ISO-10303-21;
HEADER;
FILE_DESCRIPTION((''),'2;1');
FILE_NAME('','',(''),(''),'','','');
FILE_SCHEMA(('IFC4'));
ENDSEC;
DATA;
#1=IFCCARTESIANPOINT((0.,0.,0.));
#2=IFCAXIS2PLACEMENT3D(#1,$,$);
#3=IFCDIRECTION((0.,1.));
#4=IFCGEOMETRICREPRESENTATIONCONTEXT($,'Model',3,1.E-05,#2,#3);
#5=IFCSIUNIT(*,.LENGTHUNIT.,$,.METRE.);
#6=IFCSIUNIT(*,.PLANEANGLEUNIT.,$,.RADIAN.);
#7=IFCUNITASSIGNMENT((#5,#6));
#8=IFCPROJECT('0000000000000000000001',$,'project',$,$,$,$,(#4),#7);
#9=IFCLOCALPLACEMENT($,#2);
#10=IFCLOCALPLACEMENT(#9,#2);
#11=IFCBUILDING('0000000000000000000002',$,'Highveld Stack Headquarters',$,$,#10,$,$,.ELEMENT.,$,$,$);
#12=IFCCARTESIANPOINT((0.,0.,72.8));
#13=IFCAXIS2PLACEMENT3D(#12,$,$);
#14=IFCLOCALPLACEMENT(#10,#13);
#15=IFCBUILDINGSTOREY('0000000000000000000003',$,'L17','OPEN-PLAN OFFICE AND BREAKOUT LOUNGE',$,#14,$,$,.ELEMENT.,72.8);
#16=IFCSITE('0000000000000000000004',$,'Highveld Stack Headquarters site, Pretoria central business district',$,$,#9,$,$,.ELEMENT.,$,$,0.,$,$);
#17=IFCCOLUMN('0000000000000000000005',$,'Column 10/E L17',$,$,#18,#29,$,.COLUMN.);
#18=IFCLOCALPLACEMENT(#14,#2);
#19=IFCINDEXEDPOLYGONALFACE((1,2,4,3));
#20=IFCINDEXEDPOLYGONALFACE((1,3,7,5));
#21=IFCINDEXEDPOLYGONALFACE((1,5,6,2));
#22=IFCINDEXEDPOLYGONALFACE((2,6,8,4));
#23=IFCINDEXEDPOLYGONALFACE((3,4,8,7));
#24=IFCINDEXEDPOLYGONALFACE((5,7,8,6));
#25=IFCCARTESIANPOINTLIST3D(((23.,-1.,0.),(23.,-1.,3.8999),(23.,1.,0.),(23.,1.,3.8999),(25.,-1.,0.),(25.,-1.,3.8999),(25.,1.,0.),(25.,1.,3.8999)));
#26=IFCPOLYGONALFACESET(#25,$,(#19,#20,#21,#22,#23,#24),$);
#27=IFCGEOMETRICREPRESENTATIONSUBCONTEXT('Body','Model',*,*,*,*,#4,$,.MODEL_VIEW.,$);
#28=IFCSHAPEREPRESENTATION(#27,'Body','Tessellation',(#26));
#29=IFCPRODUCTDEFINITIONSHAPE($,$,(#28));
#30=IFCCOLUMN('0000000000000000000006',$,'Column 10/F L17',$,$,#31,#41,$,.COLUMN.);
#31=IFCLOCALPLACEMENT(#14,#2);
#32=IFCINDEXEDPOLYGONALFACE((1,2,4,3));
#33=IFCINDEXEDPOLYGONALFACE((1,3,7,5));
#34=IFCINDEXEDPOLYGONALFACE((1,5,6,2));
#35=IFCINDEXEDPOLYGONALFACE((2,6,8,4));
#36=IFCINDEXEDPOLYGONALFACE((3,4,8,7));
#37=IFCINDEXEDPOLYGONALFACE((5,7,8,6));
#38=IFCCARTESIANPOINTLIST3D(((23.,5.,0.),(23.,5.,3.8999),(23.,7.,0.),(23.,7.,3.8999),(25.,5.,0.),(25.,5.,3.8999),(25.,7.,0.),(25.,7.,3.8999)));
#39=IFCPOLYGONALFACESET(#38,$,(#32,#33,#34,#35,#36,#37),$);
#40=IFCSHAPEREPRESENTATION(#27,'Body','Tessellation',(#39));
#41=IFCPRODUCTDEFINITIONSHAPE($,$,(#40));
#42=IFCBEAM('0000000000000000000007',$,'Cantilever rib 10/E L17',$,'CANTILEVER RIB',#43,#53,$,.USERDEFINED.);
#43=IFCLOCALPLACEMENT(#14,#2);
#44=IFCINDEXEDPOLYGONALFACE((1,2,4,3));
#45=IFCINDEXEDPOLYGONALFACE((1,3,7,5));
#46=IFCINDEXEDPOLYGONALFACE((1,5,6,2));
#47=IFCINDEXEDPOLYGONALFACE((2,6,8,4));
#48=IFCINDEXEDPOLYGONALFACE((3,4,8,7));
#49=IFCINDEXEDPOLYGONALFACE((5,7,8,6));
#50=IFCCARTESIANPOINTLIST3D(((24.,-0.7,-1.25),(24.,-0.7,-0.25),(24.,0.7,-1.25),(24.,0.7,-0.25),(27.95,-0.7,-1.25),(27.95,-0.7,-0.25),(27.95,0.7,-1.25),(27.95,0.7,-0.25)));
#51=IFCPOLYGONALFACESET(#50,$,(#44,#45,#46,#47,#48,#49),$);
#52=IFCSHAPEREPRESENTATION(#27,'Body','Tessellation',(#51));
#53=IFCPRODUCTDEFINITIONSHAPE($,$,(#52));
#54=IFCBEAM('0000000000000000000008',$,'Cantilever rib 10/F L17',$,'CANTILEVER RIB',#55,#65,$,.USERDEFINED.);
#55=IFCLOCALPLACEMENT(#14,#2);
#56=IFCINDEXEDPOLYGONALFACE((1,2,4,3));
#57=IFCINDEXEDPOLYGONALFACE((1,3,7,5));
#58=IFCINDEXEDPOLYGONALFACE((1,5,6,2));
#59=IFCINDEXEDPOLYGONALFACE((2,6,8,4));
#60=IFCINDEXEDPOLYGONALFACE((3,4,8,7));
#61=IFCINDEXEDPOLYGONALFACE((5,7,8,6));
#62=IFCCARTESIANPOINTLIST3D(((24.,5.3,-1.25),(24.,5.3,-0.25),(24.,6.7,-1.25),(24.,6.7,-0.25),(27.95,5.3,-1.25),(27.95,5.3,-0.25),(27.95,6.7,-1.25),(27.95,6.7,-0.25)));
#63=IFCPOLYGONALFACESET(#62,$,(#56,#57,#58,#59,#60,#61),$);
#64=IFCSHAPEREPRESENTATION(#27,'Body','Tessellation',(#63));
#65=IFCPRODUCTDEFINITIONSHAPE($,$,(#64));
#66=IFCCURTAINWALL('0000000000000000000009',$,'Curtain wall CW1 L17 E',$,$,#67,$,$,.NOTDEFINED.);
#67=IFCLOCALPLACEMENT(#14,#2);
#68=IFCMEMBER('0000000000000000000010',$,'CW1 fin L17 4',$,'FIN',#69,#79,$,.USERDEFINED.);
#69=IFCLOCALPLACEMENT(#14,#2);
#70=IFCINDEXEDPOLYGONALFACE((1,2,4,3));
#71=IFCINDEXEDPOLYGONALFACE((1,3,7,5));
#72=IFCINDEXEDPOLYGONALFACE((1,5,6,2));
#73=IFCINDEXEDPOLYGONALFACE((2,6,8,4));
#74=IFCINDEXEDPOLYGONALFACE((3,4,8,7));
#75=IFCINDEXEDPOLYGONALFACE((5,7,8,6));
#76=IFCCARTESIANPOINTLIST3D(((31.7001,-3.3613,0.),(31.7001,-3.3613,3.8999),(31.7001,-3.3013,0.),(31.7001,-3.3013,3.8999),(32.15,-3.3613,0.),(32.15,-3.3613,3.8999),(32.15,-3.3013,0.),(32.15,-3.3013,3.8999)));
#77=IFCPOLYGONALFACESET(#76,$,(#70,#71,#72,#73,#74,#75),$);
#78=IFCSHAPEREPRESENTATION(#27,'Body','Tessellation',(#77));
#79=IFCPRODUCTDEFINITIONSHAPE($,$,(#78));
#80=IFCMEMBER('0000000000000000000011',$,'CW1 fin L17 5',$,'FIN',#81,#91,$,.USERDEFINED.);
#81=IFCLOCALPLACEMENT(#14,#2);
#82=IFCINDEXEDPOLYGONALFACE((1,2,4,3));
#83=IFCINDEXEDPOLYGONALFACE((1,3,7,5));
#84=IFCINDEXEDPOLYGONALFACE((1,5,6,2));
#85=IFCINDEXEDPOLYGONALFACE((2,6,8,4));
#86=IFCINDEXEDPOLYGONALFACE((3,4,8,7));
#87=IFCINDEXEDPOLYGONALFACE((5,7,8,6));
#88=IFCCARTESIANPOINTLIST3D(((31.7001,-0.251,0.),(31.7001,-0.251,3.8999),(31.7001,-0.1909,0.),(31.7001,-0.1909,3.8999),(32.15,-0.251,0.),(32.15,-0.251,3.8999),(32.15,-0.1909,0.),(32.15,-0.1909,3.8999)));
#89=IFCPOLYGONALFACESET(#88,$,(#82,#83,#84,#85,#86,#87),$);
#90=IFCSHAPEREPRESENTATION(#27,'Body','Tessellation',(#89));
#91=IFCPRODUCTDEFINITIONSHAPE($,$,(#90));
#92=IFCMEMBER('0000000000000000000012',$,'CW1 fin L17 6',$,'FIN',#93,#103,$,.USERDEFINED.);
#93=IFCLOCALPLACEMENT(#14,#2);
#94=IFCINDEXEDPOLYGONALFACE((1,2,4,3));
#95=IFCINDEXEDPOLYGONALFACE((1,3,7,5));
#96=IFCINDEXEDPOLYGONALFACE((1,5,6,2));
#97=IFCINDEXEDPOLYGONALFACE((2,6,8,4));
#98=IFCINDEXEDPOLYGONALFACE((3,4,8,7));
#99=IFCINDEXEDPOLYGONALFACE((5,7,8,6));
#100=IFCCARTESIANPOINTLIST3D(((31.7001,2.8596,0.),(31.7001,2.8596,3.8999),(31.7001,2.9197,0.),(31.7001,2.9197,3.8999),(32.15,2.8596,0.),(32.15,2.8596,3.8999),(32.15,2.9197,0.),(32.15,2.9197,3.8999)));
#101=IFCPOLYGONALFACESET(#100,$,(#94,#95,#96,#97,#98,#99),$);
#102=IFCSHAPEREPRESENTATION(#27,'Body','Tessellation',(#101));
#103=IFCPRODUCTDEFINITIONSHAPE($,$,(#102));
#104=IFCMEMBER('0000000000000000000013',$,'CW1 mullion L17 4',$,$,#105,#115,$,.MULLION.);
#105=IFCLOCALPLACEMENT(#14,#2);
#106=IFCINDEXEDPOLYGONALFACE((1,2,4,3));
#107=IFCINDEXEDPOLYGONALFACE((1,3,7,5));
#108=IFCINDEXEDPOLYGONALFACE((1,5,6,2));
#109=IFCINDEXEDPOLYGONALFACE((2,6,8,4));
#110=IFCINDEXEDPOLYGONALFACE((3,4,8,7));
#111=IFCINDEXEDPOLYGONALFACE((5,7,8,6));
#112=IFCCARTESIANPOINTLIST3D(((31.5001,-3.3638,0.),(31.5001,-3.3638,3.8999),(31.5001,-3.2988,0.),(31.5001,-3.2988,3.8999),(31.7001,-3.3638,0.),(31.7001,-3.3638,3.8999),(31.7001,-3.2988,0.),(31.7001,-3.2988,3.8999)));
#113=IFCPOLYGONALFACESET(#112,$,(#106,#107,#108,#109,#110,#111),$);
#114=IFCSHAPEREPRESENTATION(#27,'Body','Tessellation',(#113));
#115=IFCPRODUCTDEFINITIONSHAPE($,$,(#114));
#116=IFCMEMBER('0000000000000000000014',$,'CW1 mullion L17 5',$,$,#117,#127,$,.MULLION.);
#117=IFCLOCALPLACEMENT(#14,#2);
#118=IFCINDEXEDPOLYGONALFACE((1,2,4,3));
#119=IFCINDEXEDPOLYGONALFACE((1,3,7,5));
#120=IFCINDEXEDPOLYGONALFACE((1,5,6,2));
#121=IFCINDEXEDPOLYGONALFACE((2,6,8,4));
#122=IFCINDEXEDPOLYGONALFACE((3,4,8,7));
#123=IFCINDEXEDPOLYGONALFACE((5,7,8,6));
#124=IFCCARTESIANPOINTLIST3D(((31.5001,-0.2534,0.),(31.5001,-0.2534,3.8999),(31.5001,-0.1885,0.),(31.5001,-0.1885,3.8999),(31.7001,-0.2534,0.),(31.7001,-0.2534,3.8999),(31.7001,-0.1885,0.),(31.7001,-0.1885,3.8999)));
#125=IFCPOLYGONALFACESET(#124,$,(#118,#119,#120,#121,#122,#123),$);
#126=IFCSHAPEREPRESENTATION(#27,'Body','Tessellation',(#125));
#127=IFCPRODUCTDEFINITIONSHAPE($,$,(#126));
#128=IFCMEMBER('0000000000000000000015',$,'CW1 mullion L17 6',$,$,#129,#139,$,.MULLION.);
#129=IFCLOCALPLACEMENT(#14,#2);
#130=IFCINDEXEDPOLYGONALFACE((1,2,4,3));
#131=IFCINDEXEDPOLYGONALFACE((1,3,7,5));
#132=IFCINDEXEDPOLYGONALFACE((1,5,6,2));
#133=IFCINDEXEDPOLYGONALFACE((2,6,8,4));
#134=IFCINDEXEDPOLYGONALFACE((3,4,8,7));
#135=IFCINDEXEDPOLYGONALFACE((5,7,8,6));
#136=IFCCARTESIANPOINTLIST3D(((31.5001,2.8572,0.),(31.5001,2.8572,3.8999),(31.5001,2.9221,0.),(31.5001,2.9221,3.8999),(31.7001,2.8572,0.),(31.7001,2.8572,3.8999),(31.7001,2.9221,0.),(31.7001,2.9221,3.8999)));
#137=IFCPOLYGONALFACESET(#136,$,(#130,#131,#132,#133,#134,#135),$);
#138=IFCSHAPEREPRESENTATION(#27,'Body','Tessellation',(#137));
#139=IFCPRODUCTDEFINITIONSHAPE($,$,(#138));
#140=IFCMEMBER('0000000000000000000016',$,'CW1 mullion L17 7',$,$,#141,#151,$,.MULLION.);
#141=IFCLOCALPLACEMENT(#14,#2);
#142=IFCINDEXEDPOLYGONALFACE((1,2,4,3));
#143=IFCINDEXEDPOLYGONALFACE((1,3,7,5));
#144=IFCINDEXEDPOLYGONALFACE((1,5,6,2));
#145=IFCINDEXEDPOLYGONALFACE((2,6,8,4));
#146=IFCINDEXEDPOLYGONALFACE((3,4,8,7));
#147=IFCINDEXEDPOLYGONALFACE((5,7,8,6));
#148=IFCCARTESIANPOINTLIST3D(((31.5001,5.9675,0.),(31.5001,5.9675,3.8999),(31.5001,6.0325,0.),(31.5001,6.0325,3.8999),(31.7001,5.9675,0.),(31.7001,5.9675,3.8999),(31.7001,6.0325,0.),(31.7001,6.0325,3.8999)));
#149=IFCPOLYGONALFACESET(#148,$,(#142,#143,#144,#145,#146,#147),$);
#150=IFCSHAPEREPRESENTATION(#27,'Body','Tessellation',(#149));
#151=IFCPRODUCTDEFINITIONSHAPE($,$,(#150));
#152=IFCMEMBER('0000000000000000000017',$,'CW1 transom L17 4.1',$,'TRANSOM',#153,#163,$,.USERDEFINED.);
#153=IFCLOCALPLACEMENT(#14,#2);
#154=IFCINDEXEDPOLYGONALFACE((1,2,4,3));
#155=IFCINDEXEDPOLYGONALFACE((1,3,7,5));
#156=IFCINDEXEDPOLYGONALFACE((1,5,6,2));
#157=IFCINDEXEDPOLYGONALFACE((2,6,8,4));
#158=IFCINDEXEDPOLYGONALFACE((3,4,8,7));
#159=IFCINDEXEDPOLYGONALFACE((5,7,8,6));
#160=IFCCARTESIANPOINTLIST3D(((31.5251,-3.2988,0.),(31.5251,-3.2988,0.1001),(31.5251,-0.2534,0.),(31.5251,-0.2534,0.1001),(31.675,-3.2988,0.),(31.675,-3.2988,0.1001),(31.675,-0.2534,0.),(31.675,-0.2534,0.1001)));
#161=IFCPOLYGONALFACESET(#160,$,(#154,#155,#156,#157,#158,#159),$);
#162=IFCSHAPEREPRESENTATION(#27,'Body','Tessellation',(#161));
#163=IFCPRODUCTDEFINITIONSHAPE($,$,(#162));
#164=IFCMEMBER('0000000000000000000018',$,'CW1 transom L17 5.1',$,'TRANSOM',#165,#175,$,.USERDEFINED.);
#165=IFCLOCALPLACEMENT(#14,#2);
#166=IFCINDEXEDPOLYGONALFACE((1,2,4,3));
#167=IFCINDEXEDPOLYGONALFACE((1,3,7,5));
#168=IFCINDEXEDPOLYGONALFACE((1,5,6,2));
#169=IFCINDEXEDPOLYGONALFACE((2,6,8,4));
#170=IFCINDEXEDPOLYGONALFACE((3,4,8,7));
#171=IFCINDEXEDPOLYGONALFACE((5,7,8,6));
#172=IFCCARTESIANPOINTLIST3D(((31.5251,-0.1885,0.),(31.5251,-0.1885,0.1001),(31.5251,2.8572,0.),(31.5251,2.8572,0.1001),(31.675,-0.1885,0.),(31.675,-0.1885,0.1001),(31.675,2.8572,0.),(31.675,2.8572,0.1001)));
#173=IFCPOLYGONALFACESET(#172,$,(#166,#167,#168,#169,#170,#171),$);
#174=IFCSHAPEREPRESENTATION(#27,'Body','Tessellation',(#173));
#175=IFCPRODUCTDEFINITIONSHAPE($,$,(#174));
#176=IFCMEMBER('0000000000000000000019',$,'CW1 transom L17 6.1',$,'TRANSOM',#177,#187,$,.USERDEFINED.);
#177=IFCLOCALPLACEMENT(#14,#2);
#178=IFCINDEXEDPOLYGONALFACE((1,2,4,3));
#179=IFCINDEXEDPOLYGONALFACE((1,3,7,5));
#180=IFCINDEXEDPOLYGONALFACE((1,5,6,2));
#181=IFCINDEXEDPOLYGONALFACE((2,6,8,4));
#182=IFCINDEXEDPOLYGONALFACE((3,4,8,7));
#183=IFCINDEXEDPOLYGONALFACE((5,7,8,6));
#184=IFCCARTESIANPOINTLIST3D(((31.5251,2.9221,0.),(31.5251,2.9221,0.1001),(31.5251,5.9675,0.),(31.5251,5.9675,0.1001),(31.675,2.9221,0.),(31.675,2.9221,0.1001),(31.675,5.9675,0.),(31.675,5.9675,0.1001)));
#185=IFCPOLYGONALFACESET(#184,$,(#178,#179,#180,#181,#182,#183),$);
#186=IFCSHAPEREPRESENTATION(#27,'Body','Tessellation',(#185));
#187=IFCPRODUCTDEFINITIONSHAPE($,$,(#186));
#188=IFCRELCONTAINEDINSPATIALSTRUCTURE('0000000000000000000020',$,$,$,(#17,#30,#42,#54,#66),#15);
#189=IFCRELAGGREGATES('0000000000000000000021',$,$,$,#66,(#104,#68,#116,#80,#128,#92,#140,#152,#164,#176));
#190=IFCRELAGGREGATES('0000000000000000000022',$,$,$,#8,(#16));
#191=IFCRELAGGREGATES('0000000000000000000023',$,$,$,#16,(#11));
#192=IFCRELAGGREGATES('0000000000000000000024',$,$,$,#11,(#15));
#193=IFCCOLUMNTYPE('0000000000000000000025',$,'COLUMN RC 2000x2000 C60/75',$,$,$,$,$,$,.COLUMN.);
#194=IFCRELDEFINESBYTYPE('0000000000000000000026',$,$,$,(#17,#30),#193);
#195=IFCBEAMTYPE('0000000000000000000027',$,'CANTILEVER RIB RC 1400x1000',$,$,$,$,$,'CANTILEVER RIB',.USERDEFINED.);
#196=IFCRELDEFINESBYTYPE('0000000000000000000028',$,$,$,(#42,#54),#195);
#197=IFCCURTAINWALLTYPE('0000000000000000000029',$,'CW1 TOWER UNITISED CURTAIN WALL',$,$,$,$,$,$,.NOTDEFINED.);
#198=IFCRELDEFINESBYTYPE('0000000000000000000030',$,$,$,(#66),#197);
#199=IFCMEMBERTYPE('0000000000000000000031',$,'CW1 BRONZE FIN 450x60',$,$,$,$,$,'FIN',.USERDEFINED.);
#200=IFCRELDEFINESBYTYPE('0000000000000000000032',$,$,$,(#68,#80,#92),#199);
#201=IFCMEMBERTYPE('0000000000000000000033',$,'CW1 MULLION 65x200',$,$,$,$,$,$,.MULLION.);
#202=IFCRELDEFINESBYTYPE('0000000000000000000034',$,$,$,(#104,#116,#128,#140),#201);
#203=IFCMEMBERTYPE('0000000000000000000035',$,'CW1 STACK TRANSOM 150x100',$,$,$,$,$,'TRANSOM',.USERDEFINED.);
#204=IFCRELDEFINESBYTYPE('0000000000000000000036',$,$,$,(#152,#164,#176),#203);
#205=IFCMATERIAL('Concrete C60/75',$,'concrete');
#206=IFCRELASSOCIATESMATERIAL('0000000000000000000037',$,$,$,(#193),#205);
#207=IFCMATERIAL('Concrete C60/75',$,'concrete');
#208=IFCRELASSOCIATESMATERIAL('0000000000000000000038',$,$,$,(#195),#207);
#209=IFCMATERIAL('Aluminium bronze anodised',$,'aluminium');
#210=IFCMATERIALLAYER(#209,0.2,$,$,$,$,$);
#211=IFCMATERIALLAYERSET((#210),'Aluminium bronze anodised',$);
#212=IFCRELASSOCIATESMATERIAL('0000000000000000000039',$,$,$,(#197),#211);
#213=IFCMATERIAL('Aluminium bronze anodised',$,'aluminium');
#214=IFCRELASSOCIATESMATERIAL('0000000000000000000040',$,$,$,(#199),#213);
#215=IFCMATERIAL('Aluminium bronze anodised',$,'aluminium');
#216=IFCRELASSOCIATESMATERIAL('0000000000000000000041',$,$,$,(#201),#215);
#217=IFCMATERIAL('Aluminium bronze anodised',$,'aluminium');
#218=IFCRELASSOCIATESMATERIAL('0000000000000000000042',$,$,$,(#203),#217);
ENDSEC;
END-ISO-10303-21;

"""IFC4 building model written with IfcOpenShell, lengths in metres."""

from ifc_helpers import new_model, si_unit, direction, frame, origin, origin_2d, place, context, subcontext, project, spatial, rectangle, extrude, material, layer, layer_set, material_profile, profile_set, type_object, element, aggregate, save


model = new_model("IFC4")

# Units and contexts
model_context = context("Model", 3, precision=1e-05, world=origin(), true_north=direction((0.0, 1.0)))
body_context = subcontext(model_context, "Body", "Model", "MODEL_VIEW")
ifc_project = project(units=[si_unit("LENGTHUNIT", "METRE"), si_unit("PLANEANGLEUNIT", "RADIAN")], contexts=[model_context])

# Site, building, storey
site_placement = place(None, origin())
site = spatial("IfcSite", under=ifc_project, at=site_placement, Name="Highveld Stack Headquarters site, Pretoria central business district", CompositionType="ELEMENT", RefElevation=0.0)
building_placement = place(site_placement, origin())
building = spatial("IfcBuilding", under=site, at=building_placement, Name="Highveld Stack Headquarters", CompositionType="ELEMENT")
storey_placement = place(building_placement, frame((0.0, 0.0, 72.8)))
storey = spatial("IfcBuildingStorey", under=building, at=storey_placement, Name="L17", Description="OPEN-PLAN OFFICE AND BREAKOUT LOUNGE", CompositionType="ELEMENT", Elevation=72.8)

# Columns
ifc_material_1 = material(Name="Concrete C60/75", Category="concrete")
ifc_material_profile_1 = material_profile(ifc_material_1, rectangle(XDim=2.0, YDim=2.0, at=origin_2d()), Name="RC 2000x2000")
ifc_profile_set_1 = profile_set([ifc_material_profile_1], Name="Concrete C60/75")
column_type = type_object("IfcColumnType", Name="COLUMN RC 2000x2000 C60/75", PredefinedType="COLUMN", material=ifc_profile_set_1)
for number, where, z_axis, x_axis, name in (
    (1, (24.0, 0.0, 0.0), (0.0, 0.0, 1.0), (1.0, 0.0, 0.0), "Column 10/E L17"),
    (2, (24.0, 6.0, 0.0), (0.0, 0.0, 1.0), (1.0, 0.0, 0.0), "Column 10/F L17"),
):
    element("IfcColumn", number, at=place(storey_placement, frame(where, z_axis=z_axis, x_axis=x_axis)), inside=storey, type_object=column_type, Name=name, PredefinedType="COLUMN", context=body_context, shape_type="SweptSolid", body=[
        extrude(rectangle(XDim=2.0, YDim=2.0, at=origin_2d()), origin(), (0.0, 0.0, 1.0), 3.8999),
    ])

# Beams
ifc_material_2 = material(Name="Concrete C60/75", Category="concrete")
ifc_material_profile_2 = material_profile(ifc_material_2, rectangle(XDim=1.3999, YDim=1.0, at=origin_2d()), Name="RC 1400x1000")
ifc_profile_set_2 = profile_set([ifc_material_profile_2], Name="Concrete C60/75")
beam_type_1 = type_object("IfcBeamType", Name="CANTILEVER RIB RC 1400x1000", ElementType="CANTILEVER RIB", PredefinedType="USERDEFINED", material=ifc_profile_set_2)
for number, where, z_axis, x_axis, name in (
    (3, (24.0, 0.0, -0.75), (1.0, 0.0, 0.0), (0.0, 1.0, 0.0), "Cantilever rib 10/E L17"),
    (4, (24.0, 6.0, -0.75), (1.0, 0.0, 0.0), (0.0, 1.0, 0.0), "Cantilever rib 10/F L17"),
):
    element("IfcBeam", number, at=place(storey_placement, frame(where, z_axis=z_axis, x_axis=x_axis)), inside=storey, type_object=beam_type_1, Name=name, ObjectType="CANTILEVER RIB", PredefinedType="USERDEFINED", context=body_context, shape_type="SweptSolid", body=[
        extrude(rectangle(XDim=1.3999, YDim=1.0, at=origin_2d()), origin(), (0.0, 0.0, 1.0), 3.95),
    ])

# Curtain wall, members
ifc_material_3 = material(Name="Aluminium bronze anodised", Category="aluminium")
ifc_layer_1 = layer(ifc_material_3, 0.2)
ifc_layer_set_1 = layer_set([ifc_layer_1], Name="Aluminium bronze anodised")
curtain_wall_type = type_object("IfcCurtainWallType", Name="CW1 TOWER UNITISED CURTAIN WALL", PredefinedType="NOTDEFINED", material=ifc_layer_set_1)
curtain_wall_placement = place(storey_placement, origin())
curtain_wall = element("IfcCurtainWall", 5, at=curtain_wall_placement, inside=storey, type_object=curtain_wall_type, Name="Curtain wall CW1 L17 E", PredefinedType="NOTDEFINED")
ifc_material_4 = material(Name="Aluminium bronze anodised", Category="aluminium")
ifc_material_profile_3 = material_profile(ifc_material_4, rectangle(XDim=0.45, YDim=0.0601, at=origin_2d()), Name="FIN 450x60")
ifc_profile_set_3 = profile_set([ifc_material_profile_3], Name="Aluminium bronze anodised")
member_type_1 = type_object("IfcMemberType", Name="CW1 BRONZE FIN 450x60", ElementType="FIN", PredefinedType="USERDEFINED", material=ifc_profile_set_3)
member_1_placement = place(storey_placement, frame((31.925, -3.3313, 0.0), z_axis=(0.0, 0.0, 1.0), x_axis=(-1.0, 0.0, 0.0)))
member_1 = element("IfcMember", 6, at=member_1_placement, type_object=member_type_1, Name="CW1 fin L17 4", ObjectType="FIN", PredefinedType="USERDEFINED", context=body_context, shape_type="SweptSolid", body=[
    extrude(rectangle(XDim=0.45, YDim=0.0601, at=origin_2d()), origin(), (0.0, 0.0, 1.0), 3.8999),
])
member_2_placement = place(storey_placement, frame((31.925, -0.2209, 0.0), z_axis=(0.0, 0.0, 1.0), x_axis=(-1.0, 0.0, 0.0)))
member_2 = element("IfcMember", 7, at=member_2_placement, type_object=member_type_1, Name="CW1 fin L17 5", ObjectType="FIN", PredefinedType="USERDEFINED", context=body_context, shape_type="SweptSolid", body=[
    extrude(rectangle(XDim=0.45, YDim=0.0601, at=origin_2d()), origin(), (0.0, 0.0, 1.0), 3.8999),
])
member_3_placement = place(storey_placement, frame((31.925, 2.8896, 0.0), z_axis=(0.0, 0.0, 1.0), x_axis=(-1.0, 0.0, 0.0)))
member_3 = element("IfcMember", 8, at=member_3_placement, type_object=member_type_1, Name="CW1 fin L17 6", ObjectType="FIN", PredefinedType="USERDEFINED", context=body_context, shape_type="SweptSolid", body=[
    extrude(rectangle(XDim=0.45, YDim=0.0601, at=origin_2d()), origin(), (0.0, 0.0, 1.0), 3.8999),
])
ifc_material_5 = material(Name="Aluminium bronze anodised", Category="aluminium")
ifc_material_profile_4 = material_profile(ifc_material_5, rectangle(XDim=0.2, YDim=0.0649, at=origin_2d()), Name="CW1 MULLION 65x200")
ifc_profile_set_4 = profile_set([ifc_material_profile_4], Name="Aluminium bronze anodised")
member_type_2 = type_object("IfcMemberType", Name="CW1 MULLION 65x200", PredefinedType="MULLION", material=ifc_profile_set_4)
member_4_placement = place(storey_placement, frame((31.6001, -3.3313, 0.0), z_axis=(0.0, 0.0, 1.0), x_axis=(-1.0, 0.0, 0.0)))
member_4 = element("IfcMember", 9, at=member_4_placement, type_object=member_type_2, Name="CW1 mullion L17 4", PredefinedType="MULLION", context=body_context, shape_type="SweptSolid", body=[
    extrude(rectangle(XDim=0.2, YDim=0.0649, at=origin_2d()), origin(), (0.0, 0.0, 1.0), 3.8999),
])
member_5_placement = place(storey_placement, frame((31.6001, -0.2209, 0.0), z_axis=(0.0, 0.0, 1.0), x_axis=(-1.0, 0.0, 0.0)))
member_5 = element("IfcMember", 10, at=member_5_placement, type_object=member_type_2, Name="CW1 mullion L17 5", PredefinedType="MULLION", context=body_context, shape_type="SweptSolid", body=[
    extrude(rectangle(XDim=0.2, YDim=0.0649, at=origin_2d()), origin(), (0.0, 0.0, 1.0), 3.8999),
])
member_6_placement = place(storey_placement, frame((31.6001, 2.8896, 0.0), z_axis=(0.0, 0.0, 1.0), x_axis=(-1.0, 0.0, 0.0)))
member_6 = element("IfcMember", 11, at=member_6_placement, type_object=member_type_2, Name="CW1 mullion L17 6", PredefinedType="MULLION", context=body_context, shape_type="SweptSolid", body=[
    extrude(rectangle(XDim=0.2, YDim=0.0649, at=origin_2d()), origin(), (0.0, 0.0, 1.0), 3.8999),
])
member_7_placement = place(storey_placement, frame((31.6001, 6.0, 0.0), z_axis=(0.0, 0.0, 1.0), x_axis=(-1.0, 0.0, 0.0)))
member_7 = element("IfcMember", 12, at=member_7_placement, type_object=member_type_2, Name="CW1 mullion L17 7", PredefinedType="MULLION", context=body_context, shape_type="SweptSolid", body=[
    extrude(rectangle(XDim=0.2, YDim=0.0649, at=origin_2d()), origin(), (0.0, 0.0, 1.0), 3.8999),
])
ifc_material_6 = material(Name="Aluminium bronze anodised", Category="aluminium")
ifc_material_profile_5 = material_profile(ifc_material_6, rectangle(XDim=0.1499, YDim=0.1001, at=origin_2d()), Name="CW1 TRANSOM 150x100")
ifc_profile_set_5 = profile_set([ifc_material_profile_5], Name="Aluminium bronze anodised")
member_type_3 = type_object("IfcMemberType", Name="CW1 STACK TRANSOM 150x100", ElementType="TRANSOM", PredefinedType="USERDEFINED", material=ifc_profile_set_5)
member_8_placement = place(storey_placement, frame((31.6001, -3.2988, 0.05), z_axis=(0.0, 1.0, 0.0), x_axis=(-1.0, 0.0, 0.0)))
member_8 = element("IfcMember", 13, at=member_8_placement, type_object=member_type_3, Name="CW1 transom L17 4.1", ObjectType="TRANSOM", PredefinedType="USERDEFINED", context=body_context, shape_type="SweptSolid", body=[
    extrude(rectangle(XDim=0.1499, YDim=0.1001, at=origin_2d()), origin(), (0.0, 0.0, 1.0), 3.0454),
])
member_9_placement = place(storey_placement, frame((31.6001, -0.1885, 0.05), z_axis=(0.0, 1.0, 0.0), x_axis=(-1.0, 0.0, 0.0)))
member_9 = element("IfcMember", 14, at=member_9_placement, type_object=member_type_3, Name="CW1 transom L17 5.1", ObjectType="TRANSOM", PredefinedType="USERDEFINED", context=body_context, shape_type="SweptSolid", body=[
    extrude(rectangle(XDim=0.1499, YDim=0.1001, at=origin_2d()), origin(), (0.0, 0.0, 1.0), 3.0457),
])
member_10_placement = place(storey_placement, frame((31.6001, 2.9221, 0.05), z_axis=(0.0, 1.0, 0.0), x_axis=(-1.0, 0.0, 0.0)))
member_10 = element("IfcMember", 15, at=member_10_placement, type_object=member_type_3, Name="CW1 transom L17 6.1", ObjectType="TRANSOM", PredefinedType="USERDEFINED", context=body_context, shape_type="SweptSolid", body=[
    extrude(rectangle(XDim=0.1499, YDim=0.1001, at=origin_2d()), origin(), (0.0, 0.0, 1.0), 3.0454),
])

aggregate(curtain_wall, [member_4, member_1, member_5, member_2, member_6, member_3, member_7, member_8, member_9, member_10])

save(model, "model.ifc")
